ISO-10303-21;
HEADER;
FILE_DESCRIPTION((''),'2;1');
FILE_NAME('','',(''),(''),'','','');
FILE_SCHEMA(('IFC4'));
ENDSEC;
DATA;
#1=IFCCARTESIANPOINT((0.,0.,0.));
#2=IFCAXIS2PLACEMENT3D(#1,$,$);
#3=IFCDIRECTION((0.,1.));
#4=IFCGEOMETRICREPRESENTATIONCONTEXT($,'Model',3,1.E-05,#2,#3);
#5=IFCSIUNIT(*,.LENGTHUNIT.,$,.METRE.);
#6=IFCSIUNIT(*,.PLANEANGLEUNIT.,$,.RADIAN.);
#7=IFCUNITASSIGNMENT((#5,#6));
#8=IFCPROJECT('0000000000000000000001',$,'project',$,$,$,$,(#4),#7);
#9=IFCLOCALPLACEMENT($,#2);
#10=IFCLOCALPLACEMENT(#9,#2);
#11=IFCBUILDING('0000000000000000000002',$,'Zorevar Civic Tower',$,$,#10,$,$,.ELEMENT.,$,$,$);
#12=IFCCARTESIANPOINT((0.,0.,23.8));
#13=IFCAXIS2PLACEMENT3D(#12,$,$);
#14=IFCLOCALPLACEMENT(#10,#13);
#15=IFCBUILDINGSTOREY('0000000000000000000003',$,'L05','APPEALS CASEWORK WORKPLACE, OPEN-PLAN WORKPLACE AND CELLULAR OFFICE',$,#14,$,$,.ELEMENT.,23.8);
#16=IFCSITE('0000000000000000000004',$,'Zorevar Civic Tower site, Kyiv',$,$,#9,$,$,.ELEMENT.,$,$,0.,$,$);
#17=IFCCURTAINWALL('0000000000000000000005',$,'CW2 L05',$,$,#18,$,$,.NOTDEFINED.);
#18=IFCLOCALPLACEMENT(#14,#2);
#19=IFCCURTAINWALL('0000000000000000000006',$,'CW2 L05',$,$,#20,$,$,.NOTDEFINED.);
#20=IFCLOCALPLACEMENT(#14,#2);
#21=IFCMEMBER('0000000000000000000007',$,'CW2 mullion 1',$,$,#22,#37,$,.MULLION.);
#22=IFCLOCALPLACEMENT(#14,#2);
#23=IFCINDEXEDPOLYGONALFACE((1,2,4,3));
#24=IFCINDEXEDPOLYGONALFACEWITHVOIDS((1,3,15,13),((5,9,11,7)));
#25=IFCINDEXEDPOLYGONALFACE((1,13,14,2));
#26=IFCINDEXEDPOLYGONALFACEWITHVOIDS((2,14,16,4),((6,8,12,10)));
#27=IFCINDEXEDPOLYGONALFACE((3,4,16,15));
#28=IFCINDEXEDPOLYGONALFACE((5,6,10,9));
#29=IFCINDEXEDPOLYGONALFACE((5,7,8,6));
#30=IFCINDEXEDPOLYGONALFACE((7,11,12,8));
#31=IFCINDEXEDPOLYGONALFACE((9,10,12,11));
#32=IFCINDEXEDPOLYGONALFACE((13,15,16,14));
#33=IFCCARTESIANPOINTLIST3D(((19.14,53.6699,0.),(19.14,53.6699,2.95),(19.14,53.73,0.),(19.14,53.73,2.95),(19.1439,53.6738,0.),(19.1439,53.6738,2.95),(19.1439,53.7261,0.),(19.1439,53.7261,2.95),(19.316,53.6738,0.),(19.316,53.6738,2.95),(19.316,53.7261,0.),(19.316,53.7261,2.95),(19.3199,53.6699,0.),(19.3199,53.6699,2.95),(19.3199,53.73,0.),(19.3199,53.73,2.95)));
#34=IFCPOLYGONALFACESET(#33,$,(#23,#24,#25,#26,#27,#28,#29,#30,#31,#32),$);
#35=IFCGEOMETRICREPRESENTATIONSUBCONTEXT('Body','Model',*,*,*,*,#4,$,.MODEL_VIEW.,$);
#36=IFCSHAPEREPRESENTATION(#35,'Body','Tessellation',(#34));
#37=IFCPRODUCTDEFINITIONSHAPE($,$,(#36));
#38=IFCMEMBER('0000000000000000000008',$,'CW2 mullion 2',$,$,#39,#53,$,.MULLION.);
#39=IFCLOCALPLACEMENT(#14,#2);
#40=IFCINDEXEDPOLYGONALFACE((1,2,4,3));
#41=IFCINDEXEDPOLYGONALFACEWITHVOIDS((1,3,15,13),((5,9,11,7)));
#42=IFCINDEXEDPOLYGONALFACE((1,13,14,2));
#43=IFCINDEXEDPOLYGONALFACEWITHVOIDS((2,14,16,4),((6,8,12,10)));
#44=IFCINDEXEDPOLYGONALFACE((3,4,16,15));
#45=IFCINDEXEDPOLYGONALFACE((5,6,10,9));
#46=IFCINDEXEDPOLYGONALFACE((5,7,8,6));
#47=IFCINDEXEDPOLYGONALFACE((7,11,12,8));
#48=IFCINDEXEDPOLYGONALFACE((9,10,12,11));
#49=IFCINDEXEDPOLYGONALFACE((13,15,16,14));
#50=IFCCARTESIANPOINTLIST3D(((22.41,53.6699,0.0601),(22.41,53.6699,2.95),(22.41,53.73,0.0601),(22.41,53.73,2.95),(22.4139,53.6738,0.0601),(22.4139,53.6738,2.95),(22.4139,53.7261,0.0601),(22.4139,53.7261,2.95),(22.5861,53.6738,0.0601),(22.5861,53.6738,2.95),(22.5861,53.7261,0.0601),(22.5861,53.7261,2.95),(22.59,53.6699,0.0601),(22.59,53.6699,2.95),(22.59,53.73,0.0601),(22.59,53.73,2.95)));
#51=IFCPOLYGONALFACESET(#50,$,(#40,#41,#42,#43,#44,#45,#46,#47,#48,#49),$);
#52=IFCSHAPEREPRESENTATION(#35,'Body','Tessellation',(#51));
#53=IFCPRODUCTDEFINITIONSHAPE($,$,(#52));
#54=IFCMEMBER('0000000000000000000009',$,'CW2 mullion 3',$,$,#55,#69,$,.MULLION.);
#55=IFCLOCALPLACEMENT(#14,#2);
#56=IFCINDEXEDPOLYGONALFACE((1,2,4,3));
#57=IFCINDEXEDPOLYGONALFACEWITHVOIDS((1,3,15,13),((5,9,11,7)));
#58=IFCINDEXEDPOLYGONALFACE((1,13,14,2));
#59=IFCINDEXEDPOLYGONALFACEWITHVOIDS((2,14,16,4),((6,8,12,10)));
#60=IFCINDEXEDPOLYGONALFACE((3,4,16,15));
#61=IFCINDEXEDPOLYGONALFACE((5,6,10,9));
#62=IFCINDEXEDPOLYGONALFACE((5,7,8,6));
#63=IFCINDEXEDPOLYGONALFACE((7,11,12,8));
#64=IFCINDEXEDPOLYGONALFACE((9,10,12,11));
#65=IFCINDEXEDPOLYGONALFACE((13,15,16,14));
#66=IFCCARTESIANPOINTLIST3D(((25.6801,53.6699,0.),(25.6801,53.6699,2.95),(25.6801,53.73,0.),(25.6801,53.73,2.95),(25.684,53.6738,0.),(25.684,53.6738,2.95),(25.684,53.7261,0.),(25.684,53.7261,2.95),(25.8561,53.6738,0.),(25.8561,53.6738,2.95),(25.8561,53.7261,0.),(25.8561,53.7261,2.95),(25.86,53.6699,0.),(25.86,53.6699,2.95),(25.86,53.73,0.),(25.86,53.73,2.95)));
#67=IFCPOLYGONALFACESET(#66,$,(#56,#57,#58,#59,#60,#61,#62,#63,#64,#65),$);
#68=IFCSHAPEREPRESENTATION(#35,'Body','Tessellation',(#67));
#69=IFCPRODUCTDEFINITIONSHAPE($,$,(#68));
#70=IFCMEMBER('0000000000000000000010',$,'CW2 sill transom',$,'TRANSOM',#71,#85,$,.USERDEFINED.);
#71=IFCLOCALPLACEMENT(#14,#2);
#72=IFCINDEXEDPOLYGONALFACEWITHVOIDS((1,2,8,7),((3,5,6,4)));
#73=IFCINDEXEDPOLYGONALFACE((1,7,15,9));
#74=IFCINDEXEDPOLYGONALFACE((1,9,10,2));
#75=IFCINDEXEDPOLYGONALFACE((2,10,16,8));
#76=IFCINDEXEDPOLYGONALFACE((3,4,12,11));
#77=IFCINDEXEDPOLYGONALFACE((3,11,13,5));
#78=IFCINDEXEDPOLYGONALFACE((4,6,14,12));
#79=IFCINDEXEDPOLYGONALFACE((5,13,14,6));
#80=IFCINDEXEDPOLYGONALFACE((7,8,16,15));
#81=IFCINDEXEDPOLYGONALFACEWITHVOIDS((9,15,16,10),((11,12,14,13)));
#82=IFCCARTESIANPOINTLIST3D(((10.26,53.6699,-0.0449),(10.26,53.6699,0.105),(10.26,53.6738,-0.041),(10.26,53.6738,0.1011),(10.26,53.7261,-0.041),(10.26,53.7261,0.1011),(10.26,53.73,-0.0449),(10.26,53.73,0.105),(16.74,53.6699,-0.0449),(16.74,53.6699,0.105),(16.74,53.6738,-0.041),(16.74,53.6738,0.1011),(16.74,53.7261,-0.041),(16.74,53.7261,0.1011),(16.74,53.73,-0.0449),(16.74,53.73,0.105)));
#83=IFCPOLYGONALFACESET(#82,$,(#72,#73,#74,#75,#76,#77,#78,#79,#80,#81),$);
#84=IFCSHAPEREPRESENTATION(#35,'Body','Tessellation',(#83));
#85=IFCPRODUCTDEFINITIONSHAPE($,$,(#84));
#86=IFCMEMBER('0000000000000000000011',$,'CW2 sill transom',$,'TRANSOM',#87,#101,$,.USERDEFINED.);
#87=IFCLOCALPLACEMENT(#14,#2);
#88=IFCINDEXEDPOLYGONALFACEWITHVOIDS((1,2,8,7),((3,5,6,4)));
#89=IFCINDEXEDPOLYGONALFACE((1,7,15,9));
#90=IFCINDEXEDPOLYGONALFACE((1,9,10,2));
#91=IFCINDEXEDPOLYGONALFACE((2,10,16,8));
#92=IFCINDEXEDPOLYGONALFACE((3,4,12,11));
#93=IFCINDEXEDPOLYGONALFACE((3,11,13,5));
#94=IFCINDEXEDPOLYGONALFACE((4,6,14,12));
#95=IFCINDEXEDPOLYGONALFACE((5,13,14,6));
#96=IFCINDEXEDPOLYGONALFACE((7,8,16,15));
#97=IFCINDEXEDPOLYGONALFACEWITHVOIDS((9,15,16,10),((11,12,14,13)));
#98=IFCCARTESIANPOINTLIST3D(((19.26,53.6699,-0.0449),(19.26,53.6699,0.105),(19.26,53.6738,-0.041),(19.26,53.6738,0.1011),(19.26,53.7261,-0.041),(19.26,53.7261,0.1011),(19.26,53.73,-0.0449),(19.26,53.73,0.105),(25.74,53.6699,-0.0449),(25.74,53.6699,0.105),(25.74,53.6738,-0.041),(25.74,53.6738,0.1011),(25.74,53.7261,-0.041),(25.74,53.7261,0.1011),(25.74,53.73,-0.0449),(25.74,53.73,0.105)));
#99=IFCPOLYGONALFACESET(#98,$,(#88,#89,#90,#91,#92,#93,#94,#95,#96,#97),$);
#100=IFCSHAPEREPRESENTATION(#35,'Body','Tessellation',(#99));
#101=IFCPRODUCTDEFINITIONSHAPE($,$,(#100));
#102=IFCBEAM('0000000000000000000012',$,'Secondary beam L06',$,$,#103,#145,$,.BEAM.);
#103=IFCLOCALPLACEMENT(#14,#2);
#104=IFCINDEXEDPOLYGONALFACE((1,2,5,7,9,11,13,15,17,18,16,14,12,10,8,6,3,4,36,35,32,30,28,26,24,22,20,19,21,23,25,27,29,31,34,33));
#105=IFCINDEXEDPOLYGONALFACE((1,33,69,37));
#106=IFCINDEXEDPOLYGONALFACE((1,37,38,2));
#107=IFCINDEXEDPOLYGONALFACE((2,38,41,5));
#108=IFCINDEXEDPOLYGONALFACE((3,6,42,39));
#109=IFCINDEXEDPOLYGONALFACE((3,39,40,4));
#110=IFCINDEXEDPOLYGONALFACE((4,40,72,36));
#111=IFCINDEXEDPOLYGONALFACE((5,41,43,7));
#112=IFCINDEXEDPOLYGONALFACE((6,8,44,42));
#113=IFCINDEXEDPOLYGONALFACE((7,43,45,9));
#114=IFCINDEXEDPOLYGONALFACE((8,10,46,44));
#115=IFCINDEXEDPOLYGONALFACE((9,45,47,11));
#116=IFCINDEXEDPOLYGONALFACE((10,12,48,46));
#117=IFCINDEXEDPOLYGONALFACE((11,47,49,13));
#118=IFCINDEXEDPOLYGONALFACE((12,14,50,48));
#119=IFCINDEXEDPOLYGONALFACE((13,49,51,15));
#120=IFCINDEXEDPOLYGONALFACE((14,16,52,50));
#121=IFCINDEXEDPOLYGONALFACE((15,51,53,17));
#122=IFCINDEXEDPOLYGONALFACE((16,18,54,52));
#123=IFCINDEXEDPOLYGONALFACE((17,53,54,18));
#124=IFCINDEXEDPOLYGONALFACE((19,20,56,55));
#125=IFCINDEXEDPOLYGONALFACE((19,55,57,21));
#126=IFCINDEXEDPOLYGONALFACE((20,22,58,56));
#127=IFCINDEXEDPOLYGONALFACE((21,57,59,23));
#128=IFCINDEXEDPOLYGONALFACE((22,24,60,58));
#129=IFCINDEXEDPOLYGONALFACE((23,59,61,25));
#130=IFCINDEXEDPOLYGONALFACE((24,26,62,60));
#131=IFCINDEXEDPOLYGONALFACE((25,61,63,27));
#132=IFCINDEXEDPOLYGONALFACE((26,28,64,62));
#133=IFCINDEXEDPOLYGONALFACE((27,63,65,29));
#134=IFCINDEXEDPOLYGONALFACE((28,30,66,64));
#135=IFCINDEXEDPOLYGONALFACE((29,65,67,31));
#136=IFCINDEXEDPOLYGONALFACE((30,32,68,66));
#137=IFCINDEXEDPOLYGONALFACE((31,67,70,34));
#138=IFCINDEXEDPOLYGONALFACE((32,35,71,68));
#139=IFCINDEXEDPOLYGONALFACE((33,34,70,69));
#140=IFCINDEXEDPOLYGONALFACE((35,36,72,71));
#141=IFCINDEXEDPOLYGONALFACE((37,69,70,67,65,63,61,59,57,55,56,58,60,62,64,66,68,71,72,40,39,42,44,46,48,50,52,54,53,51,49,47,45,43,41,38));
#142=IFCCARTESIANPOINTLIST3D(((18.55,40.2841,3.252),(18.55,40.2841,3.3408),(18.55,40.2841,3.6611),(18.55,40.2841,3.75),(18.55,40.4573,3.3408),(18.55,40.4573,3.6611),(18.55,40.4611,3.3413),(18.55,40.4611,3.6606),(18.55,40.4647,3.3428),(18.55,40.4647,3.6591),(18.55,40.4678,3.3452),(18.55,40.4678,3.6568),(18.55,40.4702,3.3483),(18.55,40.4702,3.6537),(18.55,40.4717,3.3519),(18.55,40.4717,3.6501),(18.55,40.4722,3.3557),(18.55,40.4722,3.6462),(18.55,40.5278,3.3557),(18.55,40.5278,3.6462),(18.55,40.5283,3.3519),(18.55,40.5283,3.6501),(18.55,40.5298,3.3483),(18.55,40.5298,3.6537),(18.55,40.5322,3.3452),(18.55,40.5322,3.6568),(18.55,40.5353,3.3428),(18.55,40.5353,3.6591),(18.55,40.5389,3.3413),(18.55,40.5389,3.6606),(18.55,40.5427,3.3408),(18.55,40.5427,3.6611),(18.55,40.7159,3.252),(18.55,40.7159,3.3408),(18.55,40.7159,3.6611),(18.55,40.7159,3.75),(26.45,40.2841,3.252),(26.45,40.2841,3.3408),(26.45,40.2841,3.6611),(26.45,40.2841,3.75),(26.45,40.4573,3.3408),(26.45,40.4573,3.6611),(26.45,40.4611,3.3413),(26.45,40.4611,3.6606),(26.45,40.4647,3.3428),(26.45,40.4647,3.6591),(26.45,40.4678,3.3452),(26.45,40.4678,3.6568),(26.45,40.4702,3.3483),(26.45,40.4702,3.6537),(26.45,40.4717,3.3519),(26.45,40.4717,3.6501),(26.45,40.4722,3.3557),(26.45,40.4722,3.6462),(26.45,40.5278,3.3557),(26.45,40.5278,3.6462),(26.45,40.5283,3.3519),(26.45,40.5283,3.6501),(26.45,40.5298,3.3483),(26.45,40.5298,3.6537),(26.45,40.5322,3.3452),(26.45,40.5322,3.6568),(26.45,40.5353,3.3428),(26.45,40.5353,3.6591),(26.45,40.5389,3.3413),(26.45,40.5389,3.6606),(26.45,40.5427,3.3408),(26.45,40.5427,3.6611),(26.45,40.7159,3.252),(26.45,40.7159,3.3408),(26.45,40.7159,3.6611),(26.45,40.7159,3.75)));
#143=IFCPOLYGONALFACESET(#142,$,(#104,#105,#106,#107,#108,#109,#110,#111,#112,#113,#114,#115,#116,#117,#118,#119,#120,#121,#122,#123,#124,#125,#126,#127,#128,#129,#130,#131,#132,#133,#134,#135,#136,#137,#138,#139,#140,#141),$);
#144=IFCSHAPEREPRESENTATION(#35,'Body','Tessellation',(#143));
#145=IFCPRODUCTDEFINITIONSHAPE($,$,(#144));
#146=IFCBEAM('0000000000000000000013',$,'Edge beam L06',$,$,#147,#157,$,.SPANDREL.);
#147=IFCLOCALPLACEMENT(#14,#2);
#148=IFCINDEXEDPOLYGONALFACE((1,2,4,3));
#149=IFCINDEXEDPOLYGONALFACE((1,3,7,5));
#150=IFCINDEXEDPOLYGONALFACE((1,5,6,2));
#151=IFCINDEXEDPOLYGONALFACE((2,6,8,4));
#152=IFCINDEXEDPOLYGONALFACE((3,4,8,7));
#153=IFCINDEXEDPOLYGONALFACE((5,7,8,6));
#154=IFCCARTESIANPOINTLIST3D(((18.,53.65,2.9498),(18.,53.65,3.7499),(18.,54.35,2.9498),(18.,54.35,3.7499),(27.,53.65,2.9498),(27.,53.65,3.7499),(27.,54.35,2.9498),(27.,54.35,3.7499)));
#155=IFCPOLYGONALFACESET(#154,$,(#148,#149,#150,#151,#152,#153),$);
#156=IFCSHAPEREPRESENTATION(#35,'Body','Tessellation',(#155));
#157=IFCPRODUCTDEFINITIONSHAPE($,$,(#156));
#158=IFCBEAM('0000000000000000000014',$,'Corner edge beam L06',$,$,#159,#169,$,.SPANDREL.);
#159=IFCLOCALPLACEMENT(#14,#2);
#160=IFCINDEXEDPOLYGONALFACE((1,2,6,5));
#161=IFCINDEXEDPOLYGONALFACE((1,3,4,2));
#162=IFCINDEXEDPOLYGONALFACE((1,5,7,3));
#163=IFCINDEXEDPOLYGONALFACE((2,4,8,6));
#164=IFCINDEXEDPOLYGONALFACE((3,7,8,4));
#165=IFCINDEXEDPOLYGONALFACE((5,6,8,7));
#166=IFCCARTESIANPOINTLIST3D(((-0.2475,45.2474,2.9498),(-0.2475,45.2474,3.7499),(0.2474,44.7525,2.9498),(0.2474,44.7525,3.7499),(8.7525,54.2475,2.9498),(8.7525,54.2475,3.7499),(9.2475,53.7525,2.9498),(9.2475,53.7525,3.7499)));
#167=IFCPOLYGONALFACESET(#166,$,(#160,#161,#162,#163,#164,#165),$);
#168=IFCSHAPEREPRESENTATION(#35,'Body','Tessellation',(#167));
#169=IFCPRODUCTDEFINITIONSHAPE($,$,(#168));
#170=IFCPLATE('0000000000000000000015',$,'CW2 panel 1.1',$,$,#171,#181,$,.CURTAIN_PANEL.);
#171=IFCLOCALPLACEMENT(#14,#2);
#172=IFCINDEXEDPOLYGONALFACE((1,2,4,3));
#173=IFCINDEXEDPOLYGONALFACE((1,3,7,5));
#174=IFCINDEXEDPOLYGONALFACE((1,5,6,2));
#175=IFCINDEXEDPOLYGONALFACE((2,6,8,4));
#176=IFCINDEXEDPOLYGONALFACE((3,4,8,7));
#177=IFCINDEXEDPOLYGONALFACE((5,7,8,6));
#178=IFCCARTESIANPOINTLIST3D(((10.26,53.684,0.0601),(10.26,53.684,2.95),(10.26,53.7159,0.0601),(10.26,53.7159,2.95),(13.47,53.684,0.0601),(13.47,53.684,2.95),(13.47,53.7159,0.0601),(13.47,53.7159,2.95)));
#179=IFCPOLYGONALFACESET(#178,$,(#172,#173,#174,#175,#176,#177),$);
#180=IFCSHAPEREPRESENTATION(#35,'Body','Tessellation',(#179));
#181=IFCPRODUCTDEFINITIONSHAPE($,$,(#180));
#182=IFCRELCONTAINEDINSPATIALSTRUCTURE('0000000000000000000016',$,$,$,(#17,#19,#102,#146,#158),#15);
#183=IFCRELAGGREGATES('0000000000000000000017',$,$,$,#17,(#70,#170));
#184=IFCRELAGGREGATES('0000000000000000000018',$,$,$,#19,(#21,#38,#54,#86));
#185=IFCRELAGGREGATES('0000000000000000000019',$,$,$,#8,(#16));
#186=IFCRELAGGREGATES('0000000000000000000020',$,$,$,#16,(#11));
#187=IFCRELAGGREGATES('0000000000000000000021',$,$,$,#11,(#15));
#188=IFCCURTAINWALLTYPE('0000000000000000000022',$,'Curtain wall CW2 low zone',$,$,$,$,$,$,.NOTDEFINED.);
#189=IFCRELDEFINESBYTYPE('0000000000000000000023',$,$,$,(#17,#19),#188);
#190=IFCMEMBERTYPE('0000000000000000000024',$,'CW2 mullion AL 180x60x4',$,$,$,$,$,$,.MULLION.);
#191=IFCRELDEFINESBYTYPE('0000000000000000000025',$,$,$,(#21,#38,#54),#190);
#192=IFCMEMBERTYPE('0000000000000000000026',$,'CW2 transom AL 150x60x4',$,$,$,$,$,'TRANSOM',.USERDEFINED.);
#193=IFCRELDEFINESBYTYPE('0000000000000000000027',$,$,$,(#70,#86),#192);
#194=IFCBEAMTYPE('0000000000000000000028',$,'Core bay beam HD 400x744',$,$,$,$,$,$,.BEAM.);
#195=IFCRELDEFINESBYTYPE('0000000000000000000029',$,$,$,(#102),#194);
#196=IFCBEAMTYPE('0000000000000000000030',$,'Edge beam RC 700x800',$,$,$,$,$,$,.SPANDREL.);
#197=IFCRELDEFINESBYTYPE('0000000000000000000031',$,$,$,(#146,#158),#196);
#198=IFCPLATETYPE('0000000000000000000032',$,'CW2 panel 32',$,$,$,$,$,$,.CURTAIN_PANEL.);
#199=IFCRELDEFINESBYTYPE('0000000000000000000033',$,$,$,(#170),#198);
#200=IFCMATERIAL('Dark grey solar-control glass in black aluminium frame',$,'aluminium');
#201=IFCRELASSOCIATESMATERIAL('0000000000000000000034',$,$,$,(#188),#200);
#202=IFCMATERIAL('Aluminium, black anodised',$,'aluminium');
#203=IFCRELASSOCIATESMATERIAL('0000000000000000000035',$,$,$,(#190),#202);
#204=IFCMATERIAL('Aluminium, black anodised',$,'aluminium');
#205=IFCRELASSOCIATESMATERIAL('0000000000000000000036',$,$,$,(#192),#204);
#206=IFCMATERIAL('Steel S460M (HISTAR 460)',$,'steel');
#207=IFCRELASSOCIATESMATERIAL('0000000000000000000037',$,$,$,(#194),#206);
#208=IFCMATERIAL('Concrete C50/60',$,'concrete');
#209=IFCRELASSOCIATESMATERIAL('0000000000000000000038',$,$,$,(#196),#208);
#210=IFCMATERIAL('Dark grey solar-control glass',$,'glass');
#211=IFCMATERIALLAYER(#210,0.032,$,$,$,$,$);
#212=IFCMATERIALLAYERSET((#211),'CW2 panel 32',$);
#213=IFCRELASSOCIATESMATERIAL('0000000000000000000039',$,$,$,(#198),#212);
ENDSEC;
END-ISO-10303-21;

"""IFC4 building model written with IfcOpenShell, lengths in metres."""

from ifc_helpers import new_model, si_unit, direction, frame, origin, origin_2d, place, context, subcontext, project, spatial, rectangle, hollow_rectangle, i_section, extrude, material, layer, layer_set, material_profile, profile_set, type_object, element, aggregate, save


model = new_model("IFC4")

# Units and contexts
model_context = context("Model", 3, precision=1e-05, world=origin(), true_north=direction((0.0, 1.0)))
body_context = subcontext(model_context, "Body", "Model", "MODEL_VIEW")
ifc_project = project(units=[si_unit("LENGTHUNIT", "METRE"), si_unit("PLANEANGLEUNIT", "RADIAN")], contexts=[model_context])

# Site, building, storey
site_placement = place(None, origin())
site = spatial("IfcSite", under=ifc_project, at=site_placement, Name="Zorevar Civic Tower site, Kyiv", CompositionType="ELEMENT", RefElevation=0.0)
building_placement = place(site_placement, origin())
building = spatial("IfcBuilding", under=site, at=building_placement, Name="Zorevar Civic Tower", CompositionType="ELEMENT")
storey_placement = place(building_placement, frame((0.0, 0.0, 23.8)))
storey = spatial("IfcBuildingStorey", under=building, at=storey_placement, Name="L05", Description="APPEALS CASEWORK WORKPLACE, OPEN-PLAN WORKPLACE AND CELLULAR OFFICE", CompositionType="ELEMENT", Elevation=23.8)

# Curtain walls, members
ifc_material_1 = material(Name="Dark grey solar-control glass in black aluminium frame", Category="aluminium")
curtain_wall_type = type_object("IfcCurtainWallType", Name="Curtain wall CW2 low zone", PredefinedType="NOTDEFINED", material=ifc_material_1)
curtain_wall_1_placement = place(storey_placement, origin())
curtain_wall_1 = element("IfcCurtainWall", 1, at=curtain_wall_1_placement, inside=storey, type_object=curtain_wall_type, Name="CW2 L05", PredefinedType="NOTDEFINED")
ifc_material_2 = material(Name="Aluminium, black anodised", Category="aluminium")
ifc_material_profile_1 = material_profile(ifc_material_2, hollow_rectangle(XDim=0.0601, YDim=0.1799, WallThickness=0.0039, at=origin_2d()), Name="AL 180x60x4")
ifc_profile_set_1 = profile_set([ifc_material_profile_1], Name="Aluminium, black anodised")
member_type_1 = type_object("IfcMemberType", Name="CW2 mullion AL 180x60x4", PredefinedType="MULLION", material=ifc_profile_set_1)
curtain_wall_2_placement = place(storey_placement, origin())
curtain_wall_2 = element("IfcCurtainWall", 2, at=curtain_wall_2_placement, inside=storey, type_object=curtain_wall_type, Name="CW2 L05", PredefinedType="NOTDEFINED")
member_1_placement = place(storey_placement, frame((19.23, 53.7, 0.0), z_axis=(0.0, 0.0, 1.0), x_axis=(0.0, 1.0, 0.0)))
member_1 = element("IfcMember", 3, at=member_1_placement, type_object=member_type_1, Name="CW2 mullion 1", PredefinedType="MULLION", context=body_context, shape_type="SweptSolid", body=[
    extrude(hollow_rectangle(XDim=0.0601, YDim=0.1799, WallThickness=0.0039, at=origin_2d()), origin(), (0.0, 0.0, 1.0), 2.95),
])
member_2_placement = place(storey_placement, frame((22.5, 53.7, 0.0601), z_axis=(0.0, 0.0, 1.0), x_axis=(0.0, 1.0, 0.0)))
member_2 = element("IfcMember", 4, at=member_2_placement, type_object=member_type_1, Name="CW2 mullion 2", PredefinedType="MULLION", context=body_context, shape_type="SweptSolid", body=[
    extrude(hollow_rectangle(XDim=0.0601, YDim=0.1799, WallThickness=0.0039, at=origin_2d()), origin(), (0.0, 0.0, 1.0), 2.8899),
])
member_3_placement = place(storey_placement, frame((25.77, 53.7, 0.0), z_axis=(0.0, 0.0, 1.0), x_axis=(0.0, 1.0, 0.0)))
member_3 = element("IfcMember", 5, at=member_3_placement, type_object=member_type_1, Name="CW2 mullion 3", PredefinedType="MULLION", context=body_context, shape_type="SweptSolid", body=[
    extrude(hollow_rectangle(XDim=0.0601, YDim=0.1799, WallThickness=0.0039, at=origin_2d()), origin(), (0.0, 0.0, 1.0), 2.95),
])

# Members
ifc_material_3 = material(Name="Aluminium, black anodised", Category="aluminium")
ifc_material_profile_2 = material_profile(ifc_material_3, hollow_rectangle(XDim=0.0601, YDim=0.1499, WallThickness=0.0039, at=origin_2d()), Name="AL 150x60x4")
ifc_profile_set_2 = profile_set([ifc_material_profile_2], Name="Aluminium, black anodised")
member_type_2 = type_object("IfcMemberType", Name="CW2 transom AL 150x60x4", ElementType="TRANSOM", PredefinedType="USERDEFINED", material=ifc_profile_set_2)
member_4_placement = place(storey_placement, frame((10.26, 53.7, 0.03), z_axis=(1.0, 0.0, 0.0), x_axis=(0.0, 1.0, 0.0)))
member_4 = element("IfcMember", 6, at=member_4_placement, type_object=member_type_2, Name="CW2 sill transom", ObjectType="TRANSOM", PredefinedType="USERDEFINED", context=body_context, shape_type="SweptSolid", body=[
    extrude(hollow_rectangle(XDim=0.0601, YDim=0.1499, WallThickness=0.0039, at=origin_2d()), origin(), (0.0, 0.0, 1.0), 6.48),
])
member_5_placement = place(storey_placement, frame((19.26, 53.7, 0.03), z_axis=(1.0, 0.0, 0.0), x_axis=(0.0, 1.0, 0.0)))
member_5 = element("IfcMember", 7, at=member_5_placement, type_object=member_type_2, Name="CW2 sill transom", ObjectType="TRANSOM", PredefinedType="USERDEFINED", context=body_context, shape_type="SweptSolid", body=[
    extrude(hollow_rectangle(XDim=0.0601, YDim=0.1499, WallThickness=0.0039, at=origin_2d()), origin(), (0.0, 0.0, 1.0), 6.48),
])

# Beams
ifc_material_4 = material(Name="Steel S460M (HISTAR 460)", Category="steel")
ifc_material_profile_3 = material_profile(ifc_material_4, i_section(OverallWidth=0.4319, OverallDepth=0.498, WebThickness=0.0557, FlangeThickness=0.0889, FilletRadius=0.0149, at=origin_2d()), Name="HD 400x744")
ifc_profile_set_3 = profile_set([ifc_material_profile_3], Name="Steel S460M (HISTAR 460)")
beam_type_1 = type_object("IfcBeamType", Name="Core bay beam HD 400x744", PredefinedType="BEAM", material=ifc_profile_set_3)
beam_1_placement = place(storey_placement, frame((18.55, 40.5, 3.501), z_axis=(1.0, 0.0, 0.0), x_axis=(0.0, 1.0, 0.0)))
element("IfcBeam", 8, at=beam_1_placement, inside=storey, type_object=beam_type_1, Name="Secondary beam L06", PredefinedType="BEAM", context=body_context, shape_type="SweptSolid", body=[
    extrude(i_section(OverallWidth=0.4319, OverallDepth=0.498, WebThickness=0.0557, FlangeThickness=0.0889, FilletRadius=0.0149, at=origin_2d()), origin(), (0.0, 0.0, 1.0), 7.8999),
])
ifc_material_5 = material(Name="Concrete C50/60", Category="concrete")
ifc_material_profile_4 = material_profile(ifc_material_5, rectangle(XDim=0.7, YDim=0.8, at=origin_2d()), Name="RC 700x800")
ifc_profile_set_4 = profile_set([ifc_material_profile_4], Name="Concrete C50/60")
beam_type_2 = type_object("IfcBeamType", Name="Edge beam RC 700x800", PredefinedType="SPANDREL", material=ifc_profile_set_4)
beam_2_placement = place(storey_placement, frame((18.0, 54.0, 3.3499), z_axis=(1.0, 0.0, 0.0), x_axis=(0.0, 1.0, 0.0)))
element("IfcBeam", 9, at=beam_2_placement, inside=storey, type_object=beam_type_2, Name="Edge beam L06", PredefinedType="SPANDREL", context=body_context, shape_type="SweptSolid", body=[
    extrude(rectangle(XDim=0.7, YDim=0.8, at=origin_2d()), origin(), (0.0, 0.0, 1.0), 9.0),
])
beam_3_placement = place(storey_placement, frame((9.0, 54.0, 3.3499), z_axis=(-0.707107, -0.707107, 0.0), x_axis=(0.707107, -0.707107, 0.0)))
element("IfcBeam", 10, at=beam_3_placement, inside=storey, type_object=beam_type_2, Name="Corner edge beam L06", PredefinedType="SPANDREL", context=body_context, shape_type="SweptSolid", body=[
    extrude(rectangle(XDim=0.7, YDim=0.8, at=origin_2d()), origin(), (0.0, 0.0, 1.0), 12.728),
])

# Plate
ifc_material_6 = material(Name="Dark grey solar-control glass", Category="glass")
ifc_layer_1 = layer(ifc_material_6, 0.032)
ifc_layer_set_1 = layer_set([ifc_layer_1], Name="CW2 panel 32")
plate_type = type_object("IfcPlateType", Name="CW2 panel 32", PredefinedType="CURTAIN_PANEL", material=ifc_layer_set_1)
plate_1_placement = place(storey_placement, frame((11.865, 53.7, 0.0601), z_axis=(0.0, 0.0, 1.0), x_axis=(1.0, 0.0, 0.0)))
plate_1 = element("IfcPlate", 11, at=plate_1_placement, type_object=plate_type, Name="CW2 panel 1.1", PredefinedType="CURTAIN_PANEL", context=body_context, shape_type="SweptSolid", body=[
    extrude(rectangle(XDim=3.21, YDim=0.032, at=origin_2d()), origin(), (0.0, 0.0, 1.0), 2.8899),
])
aggregate(curtain_wall_1, [member_4, plate_1])
aggregate(curtain_wall_2, [member_1, member_2, member_3, member_5])

save(model, "model.ifc")
